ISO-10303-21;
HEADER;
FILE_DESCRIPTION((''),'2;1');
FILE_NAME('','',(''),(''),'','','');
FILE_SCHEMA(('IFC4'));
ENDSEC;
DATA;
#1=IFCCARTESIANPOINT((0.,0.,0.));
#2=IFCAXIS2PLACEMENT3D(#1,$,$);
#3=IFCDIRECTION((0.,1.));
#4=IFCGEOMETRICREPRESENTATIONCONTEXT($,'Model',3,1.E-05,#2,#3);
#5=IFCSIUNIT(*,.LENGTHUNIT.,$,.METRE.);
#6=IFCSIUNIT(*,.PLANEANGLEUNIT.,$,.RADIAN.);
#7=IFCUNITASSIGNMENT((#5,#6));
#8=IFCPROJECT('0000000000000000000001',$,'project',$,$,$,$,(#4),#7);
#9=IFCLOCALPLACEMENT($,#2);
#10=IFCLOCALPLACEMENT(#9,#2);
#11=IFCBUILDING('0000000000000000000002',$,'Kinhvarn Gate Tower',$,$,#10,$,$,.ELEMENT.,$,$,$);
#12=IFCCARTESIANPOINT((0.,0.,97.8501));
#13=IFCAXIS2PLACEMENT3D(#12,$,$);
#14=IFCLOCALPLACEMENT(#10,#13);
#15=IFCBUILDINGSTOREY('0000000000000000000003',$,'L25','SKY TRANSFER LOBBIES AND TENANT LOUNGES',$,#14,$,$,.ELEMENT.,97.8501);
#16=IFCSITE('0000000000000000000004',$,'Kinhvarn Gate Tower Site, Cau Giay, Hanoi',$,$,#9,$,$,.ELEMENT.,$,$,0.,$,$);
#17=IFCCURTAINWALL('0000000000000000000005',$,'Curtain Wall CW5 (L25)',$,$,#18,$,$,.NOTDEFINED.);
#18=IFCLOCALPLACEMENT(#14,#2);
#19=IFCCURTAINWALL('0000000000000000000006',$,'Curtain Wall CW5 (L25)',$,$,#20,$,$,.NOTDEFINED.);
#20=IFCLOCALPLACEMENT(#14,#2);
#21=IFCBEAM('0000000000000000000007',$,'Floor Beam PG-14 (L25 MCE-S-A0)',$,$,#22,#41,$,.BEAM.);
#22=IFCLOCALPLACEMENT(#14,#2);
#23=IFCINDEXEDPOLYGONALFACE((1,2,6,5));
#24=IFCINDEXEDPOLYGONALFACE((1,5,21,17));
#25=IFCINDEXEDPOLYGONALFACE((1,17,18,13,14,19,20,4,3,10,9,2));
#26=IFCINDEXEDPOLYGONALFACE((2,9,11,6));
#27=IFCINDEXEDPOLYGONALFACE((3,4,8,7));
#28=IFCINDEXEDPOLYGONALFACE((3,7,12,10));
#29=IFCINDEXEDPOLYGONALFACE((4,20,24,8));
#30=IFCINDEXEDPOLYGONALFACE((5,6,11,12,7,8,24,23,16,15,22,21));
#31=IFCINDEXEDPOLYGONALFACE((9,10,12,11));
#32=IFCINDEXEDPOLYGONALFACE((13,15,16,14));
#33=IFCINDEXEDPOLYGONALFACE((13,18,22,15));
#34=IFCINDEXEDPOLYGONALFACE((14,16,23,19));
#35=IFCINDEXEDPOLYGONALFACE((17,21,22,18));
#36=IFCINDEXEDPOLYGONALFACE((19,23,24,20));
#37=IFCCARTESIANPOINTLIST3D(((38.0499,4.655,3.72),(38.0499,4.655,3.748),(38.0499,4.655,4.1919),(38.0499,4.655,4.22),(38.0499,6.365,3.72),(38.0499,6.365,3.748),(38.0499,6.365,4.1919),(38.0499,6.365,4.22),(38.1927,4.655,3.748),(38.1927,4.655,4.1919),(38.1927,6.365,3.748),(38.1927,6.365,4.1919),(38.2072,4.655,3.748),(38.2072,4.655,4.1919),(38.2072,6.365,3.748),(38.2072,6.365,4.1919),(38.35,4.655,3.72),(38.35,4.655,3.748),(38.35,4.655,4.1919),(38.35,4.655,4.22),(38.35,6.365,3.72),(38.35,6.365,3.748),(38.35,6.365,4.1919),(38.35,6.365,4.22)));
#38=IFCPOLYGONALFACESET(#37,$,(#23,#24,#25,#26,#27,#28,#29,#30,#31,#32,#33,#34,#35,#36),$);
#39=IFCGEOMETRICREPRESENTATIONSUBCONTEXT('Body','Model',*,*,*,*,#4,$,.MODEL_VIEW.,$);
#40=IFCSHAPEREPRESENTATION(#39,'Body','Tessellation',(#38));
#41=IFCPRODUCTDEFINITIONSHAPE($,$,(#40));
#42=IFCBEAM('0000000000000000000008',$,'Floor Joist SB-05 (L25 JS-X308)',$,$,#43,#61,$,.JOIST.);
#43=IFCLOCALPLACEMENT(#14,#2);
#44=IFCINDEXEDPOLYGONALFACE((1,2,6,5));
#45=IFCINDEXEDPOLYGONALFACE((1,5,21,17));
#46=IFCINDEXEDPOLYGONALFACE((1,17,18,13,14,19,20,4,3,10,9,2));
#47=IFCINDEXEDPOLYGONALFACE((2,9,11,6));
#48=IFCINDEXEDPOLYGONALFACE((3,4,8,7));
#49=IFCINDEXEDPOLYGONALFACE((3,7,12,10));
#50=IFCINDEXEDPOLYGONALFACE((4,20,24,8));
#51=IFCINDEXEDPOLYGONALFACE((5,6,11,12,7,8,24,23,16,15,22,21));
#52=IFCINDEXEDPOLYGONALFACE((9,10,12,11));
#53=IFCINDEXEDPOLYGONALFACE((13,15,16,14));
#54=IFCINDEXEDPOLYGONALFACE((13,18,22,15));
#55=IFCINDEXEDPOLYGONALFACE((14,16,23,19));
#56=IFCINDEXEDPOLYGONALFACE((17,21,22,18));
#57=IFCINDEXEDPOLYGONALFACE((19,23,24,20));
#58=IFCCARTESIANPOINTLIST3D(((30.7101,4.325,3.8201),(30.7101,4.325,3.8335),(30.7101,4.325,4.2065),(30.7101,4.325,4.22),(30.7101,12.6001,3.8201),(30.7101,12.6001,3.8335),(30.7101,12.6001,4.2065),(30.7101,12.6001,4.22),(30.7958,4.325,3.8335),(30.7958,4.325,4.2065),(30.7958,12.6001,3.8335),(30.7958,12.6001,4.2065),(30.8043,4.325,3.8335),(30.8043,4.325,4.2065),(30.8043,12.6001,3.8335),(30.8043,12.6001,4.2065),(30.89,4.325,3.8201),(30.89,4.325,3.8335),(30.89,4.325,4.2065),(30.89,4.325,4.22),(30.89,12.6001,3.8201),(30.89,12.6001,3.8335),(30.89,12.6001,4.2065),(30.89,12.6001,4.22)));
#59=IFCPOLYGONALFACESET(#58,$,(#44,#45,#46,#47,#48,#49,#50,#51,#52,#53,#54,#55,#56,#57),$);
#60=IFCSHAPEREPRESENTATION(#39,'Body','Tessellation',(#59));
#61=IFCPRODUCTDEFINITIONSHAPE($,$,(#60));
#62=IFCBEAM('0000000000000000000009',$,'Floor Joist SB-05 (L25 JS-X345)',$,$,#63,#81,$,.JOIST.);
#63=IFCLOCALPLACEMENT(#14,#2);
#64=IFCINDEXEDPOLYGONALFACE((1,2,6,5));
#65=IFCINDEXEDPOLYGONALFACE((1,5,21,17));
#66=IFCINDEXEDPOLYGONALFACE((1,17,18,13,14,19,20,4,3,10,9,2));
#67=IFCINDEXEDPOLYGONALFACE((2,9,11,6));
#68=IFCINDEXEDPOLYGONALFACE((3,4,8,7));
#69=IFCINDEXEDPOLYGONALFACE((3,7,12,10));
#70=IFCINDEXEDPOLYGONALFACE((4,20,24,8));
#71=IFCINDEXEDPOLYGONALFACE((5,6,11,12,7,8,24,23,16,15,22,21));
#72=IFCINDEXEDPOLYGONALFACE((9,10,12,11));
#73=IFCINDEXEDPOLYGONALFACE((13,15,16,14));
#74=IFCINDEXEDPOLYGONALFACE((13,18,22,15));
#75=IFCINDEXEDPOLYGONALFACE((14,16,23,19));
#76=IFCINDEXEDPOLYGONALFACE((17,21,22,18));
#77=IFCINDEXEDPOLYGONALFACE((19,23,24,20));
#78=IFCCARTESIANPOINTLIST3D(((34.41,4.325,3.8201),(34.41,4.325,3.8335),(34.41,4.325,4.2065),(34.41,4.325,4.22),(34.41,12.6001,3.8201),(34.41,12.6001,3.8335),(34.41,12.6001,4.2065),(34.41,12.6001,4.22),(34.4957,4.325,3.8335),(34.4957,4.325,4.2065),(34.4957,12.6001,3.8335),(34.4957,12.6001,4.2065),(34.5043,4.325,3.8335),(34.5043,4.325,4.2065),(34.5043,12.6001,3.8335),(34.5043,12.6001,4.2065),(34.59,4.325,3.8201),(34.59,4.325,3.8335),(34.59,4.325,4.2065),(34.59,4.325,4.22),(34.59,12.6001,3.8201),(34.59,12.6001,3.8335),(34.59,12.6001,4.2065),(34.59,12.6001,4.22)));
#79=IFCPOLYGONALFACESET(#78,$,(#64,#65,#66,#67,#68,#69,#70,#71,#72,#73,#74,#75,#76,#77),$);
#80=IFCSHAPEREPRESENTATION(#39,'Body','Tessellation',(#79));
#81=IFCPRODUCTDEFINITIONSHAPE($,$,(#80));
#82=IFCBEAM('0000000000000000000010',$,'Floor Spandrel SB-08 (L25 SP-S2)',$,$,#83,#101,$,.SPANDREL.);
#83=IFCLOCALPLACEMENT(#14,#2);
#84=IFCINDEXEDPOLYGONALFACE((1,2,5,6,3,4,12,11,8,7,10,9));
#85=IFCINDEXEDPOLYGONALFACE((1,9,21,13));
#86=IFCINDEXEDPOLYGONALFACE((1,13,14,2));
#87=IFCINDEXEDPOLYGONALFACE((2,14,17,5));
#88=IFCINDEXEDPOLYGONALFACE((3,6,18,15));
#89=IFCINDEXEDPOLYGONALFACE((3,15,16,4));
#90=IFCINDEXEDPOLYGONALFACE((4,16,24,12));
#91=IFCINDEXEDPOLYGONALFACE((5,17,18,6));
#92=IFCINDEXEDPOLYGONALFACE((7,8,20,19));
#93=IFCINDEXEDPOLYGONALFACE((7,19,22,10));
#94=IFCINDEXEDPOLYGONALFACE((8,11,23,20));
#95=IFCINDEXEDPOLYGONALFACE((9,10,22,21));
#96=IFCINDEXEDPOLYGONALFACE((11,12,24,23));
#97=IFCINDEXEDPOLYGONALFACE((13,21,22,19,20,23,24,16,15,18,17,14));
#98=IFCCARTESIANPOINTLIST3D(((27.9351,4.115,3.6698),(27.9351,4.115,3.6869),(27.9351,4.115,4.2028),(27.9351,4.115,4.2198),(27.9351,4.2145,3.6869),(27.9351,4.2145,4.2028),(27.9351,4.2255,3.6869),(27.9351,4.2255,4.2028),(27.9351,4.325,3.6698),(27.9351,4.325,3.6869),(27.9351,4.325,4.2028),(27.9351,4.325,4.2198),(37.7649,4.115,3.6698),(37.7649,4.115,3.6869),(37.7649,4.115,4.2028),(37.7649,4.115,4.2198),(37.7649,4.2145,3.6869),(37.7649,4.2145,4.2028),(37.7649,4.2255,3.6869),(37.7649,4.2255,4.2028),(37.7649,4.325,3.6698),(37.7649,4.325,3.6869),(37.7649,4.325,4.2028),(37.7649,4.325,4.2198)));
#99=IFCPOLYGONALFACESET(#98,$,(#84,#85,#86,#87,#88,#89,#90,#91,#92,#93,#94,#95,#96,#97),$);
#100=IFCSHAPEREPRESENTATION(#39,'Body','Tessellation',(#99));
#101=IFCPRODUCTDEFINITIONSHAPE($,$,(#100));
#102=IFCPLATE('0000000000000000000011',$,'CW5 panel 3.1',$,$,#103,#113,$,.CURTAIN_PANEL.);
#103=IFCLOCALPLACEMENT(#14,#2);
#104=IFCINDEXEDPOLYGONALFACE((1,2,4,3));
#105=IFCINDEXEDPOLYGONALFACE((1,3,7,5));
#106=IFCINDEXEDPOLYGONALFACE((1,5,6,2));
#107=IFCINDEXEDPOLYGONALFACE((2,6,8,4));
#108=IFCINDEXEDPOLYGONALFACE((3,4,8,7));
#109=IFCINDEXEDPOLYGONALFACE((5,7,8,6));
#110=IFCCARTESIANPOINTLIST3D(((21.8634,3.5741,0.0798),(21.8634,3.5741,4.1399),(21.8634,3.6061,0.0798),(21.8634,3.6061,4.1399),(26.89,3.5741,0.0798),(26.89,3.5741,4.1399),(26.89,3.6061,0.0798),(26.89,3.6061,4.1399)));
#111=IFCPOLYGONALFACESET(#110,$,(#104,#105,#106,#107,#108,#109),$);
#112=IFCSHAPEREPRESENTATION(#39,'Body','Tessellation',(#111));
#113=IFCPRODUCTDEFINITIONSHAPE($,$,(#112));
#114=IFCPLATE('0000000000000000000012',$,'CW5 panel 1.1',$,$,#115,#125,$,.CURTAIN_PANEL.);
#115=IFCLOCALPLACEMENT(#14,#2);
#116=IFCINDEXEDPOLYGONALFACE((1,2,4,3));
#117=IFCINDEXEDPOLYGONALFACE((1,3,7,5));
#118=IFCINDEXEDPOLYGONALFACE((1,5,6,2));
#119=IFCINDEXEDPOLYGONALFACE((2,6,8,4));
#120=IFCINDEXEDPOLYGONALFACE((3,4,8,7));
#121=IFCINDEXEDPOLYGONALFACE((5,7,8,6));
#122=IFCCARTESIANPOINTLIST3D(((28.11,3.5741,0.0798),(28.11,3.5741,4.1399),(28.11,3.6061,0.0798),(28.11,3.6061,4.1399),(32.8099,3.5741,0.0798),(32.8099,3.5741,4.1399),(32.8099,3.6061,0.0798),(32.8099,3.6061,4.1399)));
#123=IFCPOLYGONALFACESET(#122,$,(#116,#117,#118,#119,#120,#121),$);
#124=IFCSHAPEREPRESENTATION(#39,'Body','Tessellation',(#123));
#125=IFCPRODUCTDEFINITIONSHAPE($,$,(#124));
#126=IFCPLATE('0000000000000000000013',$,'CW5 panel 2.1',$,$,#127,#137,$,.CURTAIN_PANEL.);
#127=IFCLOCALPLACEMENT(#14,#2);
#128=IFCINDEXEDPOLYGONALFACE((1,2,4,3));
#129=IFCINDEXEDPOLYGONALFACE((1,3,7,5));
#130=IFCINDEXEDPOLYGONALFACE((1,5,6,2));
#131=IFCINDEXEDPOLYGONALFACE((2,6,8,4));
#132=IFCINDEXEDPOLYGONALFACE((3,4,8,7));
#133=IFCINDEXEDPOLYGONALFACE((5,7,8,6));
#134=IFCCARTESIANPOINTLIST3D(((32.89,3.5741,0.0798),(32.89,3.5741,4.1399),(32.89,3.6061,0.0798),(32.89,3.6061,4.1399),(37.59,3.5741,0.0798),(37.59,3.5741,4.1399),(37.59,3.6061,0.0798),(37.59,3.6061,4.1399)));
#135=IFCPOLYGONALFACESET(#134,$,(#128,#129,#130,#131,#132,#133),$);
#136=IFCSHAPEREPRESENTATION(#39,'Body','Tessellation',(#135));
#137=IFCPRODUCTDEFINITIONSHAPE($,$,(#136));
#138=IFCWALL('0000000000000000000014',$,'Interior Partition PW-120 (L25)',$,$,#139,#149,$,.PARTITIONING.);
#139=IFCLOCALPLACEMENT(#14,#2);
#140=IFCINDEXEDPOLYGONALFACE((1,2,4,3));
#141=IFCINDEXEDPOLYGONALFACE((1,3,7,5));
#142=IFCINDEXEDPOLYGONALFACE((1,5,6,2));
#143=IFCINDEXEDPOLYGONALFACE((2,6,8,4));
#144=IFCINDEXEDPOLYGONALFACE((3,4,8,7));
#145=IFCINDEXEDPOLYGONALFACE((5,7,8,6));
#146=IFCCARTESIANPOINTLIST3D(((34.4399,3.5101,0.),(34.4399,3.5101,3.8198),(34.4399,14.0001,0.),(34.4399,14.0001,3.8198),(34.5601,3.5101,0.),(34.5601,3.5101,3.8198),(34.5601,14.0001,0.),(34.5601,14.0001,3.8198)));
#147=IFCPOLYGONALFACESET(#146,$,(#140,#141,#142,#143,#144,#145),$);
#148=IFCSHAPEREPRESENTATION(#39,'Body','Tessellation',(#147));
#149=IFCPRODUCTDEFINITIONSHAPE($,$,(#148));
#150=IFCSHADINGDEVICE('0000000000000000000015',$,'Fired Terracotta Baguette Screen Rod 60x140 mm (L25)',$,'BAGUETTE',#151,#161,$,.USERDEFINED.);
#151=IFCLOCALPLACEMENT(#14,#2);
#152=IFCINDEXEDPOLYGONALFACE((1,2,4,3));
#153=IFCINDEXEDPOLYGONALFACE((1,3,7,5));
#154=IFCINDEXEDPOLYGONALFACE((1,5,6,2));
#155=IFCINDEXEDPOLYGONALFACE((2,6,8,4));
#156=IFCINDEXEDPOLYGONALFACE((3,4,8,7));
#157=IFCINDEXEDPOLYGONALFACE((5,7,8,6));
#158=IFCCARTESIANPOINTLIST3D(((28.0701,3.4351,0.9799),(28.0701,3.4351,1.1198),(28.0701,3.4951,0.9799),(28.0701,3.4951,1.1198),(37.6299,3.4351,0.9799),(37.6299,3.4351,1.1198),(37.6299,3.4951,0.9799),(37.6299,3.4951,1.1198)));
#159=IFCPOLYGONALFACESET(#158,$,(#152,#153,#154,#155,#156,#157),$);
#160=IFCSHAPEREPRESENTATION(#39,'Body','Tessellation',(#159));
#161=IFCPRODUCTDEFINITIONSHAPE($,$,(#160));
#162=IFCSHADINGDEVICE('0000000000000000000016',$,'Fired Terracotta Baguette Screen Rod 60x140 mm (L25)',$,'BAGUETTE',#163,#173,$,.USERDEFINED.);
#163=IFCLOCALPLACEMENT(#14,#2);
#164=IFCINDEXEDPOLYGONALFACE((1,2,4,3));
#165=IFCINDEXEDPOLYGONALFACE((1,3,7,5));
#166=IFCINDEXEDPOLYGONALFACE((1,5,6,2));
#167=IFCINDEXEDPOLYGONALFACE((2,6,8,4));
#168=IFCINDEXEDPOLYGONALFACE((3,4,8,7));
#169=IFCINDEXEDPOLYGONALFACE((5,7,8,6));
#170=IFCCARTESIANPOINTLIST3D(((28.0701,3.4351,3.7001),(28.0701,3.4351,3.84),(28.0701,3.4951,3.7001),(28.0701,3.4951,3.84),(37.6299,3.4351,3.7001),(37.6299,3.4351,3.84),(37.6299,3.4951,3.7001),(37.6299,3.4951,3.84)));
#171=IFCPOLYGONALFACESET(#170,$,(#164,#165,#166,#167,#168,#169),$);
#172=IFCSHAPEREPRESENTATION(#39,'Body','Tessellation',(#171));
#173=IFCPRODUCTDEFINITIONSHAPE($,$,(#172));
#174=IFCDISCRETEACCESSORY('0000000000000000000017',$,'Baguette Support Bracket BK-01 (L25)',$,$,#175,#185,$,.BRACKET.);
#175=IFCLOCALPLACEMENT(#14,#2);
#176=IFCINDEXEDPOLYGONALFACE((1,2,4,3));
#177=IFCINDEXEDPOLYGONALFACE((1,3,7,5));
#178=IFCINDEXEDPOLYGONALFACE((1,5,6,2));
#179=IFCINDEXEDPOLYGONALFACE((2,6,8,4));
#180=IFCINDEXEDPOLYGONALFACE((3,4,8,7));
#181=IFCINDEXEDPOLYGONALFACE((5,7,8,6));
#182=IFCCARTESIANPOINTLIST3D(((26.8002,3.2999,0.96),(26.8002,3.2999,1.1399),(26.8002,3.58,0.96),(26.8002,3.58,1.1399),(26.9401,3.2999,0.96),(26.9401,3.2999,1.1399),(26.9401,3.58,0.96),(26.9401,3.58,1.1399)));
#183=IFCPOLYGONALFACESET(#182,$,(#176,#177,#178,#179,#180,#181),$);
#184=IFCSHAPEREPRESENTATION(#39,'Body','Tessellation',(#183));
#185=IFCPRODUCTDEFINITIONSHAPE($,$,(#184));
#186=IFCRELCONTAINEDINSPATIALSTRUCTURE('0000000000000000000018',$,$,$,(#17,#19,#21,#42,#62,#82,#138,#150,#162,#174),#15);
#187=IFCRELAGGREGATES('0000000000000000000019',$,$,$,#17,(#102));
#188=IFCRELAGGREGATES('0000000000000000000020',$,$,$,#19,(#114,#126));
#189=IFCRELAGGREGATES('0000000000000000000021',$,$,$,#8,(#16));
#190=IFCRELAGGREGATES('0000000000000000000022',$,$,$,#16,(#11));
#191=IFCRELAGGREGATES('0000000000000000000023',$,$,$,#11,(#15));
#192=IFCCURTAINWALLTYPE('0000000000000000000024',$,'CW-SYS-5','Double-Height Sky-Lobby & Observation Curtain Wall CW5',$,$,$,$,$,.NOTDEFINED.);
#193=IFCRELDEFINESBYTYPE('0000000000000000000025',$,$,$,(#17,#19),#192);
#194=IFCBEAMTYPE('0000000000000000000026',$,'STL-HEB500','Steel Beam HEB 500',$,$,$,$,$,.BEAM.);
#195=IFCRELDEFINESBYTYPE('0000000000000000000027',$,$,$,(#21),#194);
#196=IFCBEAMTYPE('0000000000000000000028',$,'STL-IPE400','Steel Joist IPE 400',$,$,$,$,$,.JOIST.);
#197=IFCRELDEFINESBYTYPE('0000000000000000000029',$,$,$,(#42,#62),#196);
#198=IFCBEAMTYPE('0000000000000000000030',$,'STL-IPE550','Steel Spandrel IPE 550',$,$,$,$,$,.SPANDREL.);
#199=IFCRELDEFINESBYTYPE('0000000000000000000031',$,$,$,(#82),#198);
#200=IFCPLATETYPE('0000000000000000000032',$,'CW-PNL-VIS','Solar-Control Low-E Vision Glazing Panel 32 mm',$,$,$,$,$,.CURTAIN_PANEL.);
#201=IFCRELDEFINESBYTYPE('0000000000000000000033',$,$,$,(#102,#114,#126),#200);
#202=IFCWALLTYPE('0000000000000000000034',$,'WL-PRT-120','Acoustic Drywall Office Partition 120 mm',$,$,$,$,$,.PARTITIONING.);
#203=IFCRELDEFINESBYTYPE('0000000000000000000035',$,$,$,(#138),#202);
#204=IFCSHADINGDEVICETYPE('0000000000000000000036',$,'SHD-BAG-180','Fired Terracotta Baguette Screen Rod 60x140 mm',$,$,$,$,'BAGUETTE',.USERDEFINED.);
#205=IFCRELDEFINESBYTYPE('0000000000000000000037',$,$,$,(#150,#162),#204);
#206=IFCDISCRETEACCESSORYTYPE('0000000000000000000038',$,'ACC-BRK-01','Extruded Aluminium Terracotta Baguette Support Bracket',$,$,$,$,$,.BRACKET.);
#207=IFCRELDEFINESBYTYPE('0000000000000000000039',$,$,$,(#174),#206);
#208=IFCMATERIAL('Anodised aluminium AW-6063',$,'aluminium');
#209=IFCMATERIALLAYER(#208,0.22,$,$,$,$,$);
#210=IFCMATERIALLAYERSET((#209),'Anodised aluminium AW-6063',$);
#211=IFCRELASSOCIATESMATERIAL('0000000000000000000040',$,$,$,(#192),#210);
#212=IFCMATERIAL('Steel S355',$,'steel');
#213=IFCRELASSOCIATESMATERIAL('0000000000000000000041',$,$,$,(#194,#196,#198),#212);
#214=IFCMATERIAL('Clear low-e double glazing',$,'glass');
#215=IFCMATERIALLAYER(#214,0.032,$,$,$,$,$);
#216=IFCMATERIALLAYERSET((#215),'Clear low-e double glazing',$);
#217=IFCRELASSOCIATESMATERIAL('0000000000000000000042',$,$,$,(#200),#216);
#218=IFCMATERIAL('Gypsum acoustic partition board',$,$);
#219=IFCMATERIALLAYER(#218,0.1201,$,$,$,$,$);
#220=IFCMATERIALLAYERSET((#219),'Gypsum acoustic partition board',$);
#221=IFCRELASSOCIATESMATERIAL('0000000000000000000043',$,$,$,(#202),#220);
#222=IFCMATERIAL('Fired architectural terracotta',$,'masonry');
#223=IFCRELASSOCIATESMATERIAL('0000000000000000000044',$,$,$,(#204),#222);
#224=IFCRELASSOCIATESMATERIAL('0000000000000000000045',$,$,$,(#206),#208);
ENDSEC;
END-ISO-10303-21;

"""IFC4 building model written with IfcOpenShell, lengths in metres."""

from ifc_helpers import new_model, si_unit, direction, frame, frame_2d, origin, origin_2d, place, context, subcontext, project, spatial, rectangle, i_section, extrude, material, layer, layer_set, material_profile, profile_set, type_object, element, aggregate, save


model = new_model("IFC4")

# Units and contexts
model_context = context("Model", 3, precision=1e-05, world=origin(), true_north=direction((0.0, 1.0)))
body_context = subcontext(model_context, "Body", "Model", "MODEL_VIEW")
ifc_project = project(units=[si_unit("LENGTHUNIT", "METRE"), si_unit("PLANEANGLEUNIT", "RADIAN")], contexts=[model_context])

# Site, building, storey
site_placement = place(None, origin())
site = spatial("IfcSite", under=ifc_project, at=site_placement, Name="Kinhvarn Gate Tower Site, Cau Giay, Hanoi", CompositionType="ELEMENT", RefElevation=0.0)
building_placement = place(site_placement, origin())
building = spatial("IfcBuilding", under=site, at=building_placement, Name="Kinhvarn Gate Tower", CompositionType="ELEMENT")
storey_placement = place(building_placement, frame((0.0, 0.0, 97.8501)))
storey = spatial("IfcBuildingStorey", under=building, at=storey_placement, Name="L25", Description="SKY TRANSFER LOBBIES AND TENANT LOUNGES", CompositionType="ELEMENT", Elevation=97.8501)

# Curtain wall
ifc_material_1 = material(Name="Anodised aluminium AW-6063", Category="aluminium")
ifc_layer_1 = layer(ifc_material_1, 0.22)
ifc_layer_set_1 = layer_set([ifc_layer_1], Name="Anodised aluminium AW-6063")
curtain_wall_type = type_object("IfcCurtainWallType", Name="CW-SYS-5", Description="Double-Height Sky-Lobby & Observation Curtain Wall CW5", PredefinedType="NOTDEFINED", material=ifc_layer_set_1)
curtain_wall_1_placement = place(storey_placement, origin())
curtain_wall_1 = element("IfcCurtainWall", 1, at=curtain_wall_1_placement, inside=storey, type_object=curtain_wall_type, Name="Curtain Wall CW5 (L25)", PredefinedType="NOTDEFINED")

# Curtain wall
curtain_wall_2_placement = place(storey_placement, origin())
curtain_wall_2 = element("IfcCurtainWall", 2, at=curtain_wall_2_placement, inside=storey, type_object=curtain_wall_type, Name="Curtain Wall CW5 (L25)", PredefinedType="NOTDEFINED")

# Beams
ifc_material_2 = material(Name="Steel S355", Category="steel")
ifc_material_profile_1 = material_profile(ifc_material_2, i_section(OverallWidth=0.3, OverallDepth=0.5, WebThickness=0.0144, FlangeThickness=0.0281, at=origin_2d()), Name="HEB 500")
ifc_profile_set_1 = profile_set([ifc_material_profile_1], Name="Steel S355")
beam_type_1 = type_object("IfcBeamType", Name="STL-HEB500", Description="Steel Beam HEB 500", PredefinedType="BEAM", material=ifc_profile_set_1)
beam_1_placement = place(storey_placement, frame((38.2, 4.655, 3.97), z_axis=(0.0, 1.0, 0.0), x_axis=(-1.0, 0.0, 0.0)))
element("IfcBeam", 3, at=beam_1_placement, inside=storey, type_object=beam_type_1, Name="Floor Beam PG-14 (L25 MCE-S-A0)", PredefinedType="BEAM", context=body_context, shape_type="SweptSolid", body=[
    extrude(i_section(OverallWidth=0.3, OverallDepth=0.5, WebThickness=0.0144, FlangeThickness=0.0281, at=origin_2d()), origin(), (0.0, 0.0, 1.0), 1.71),
])
ifc_material_profile_2 = material_profile(ifc_material_2, i_section(OverallWidth=0.1799, OverallDepth=0.3999, WebThickness=0.0085, FlangeThickness=0.0134, at=origin_2d()), Name="IPE 400")
ifc_profile_set_2 = profile_set([ifc_material_profile_2], Name="Steel S355")
beam_type_2 = type_object("IfcBeamType", Name="STL-IPE400", Description="Steel Joist IPE 400", PredefinedType="JOIST", material=ifc_profile_set_2)
for number, where, z_axis, x_axis, name in (
    (4, (30.8, 4.325, 4.02), (0.0, 1.0, 0.0), (-1.0, 0.0, 0.0), "Floor Joist SB-05 (L25 JS-X308)"),
    (5, (34.5, 4.325, 4.02), (0.0, 1.0, 0.0), (-1.0, 0.0, 0.0), "Floor Joist SB-05 (L25 JS-X345)"),
):
    element("IfcBeam", number, at=place(storey_placement, frame(where, z_axis=z_axis, x_axis=x_axis)), inside=storey, type_object=beam_type_2, Name=name, PredefinedType="JOIST", context=body_context, shape_type="SweptSolid", body=[
        extrude(i_section(OverallWidth=0.1799, OverallDepth=0.3999, WebThickness=0.0085, FlangeThickness=0.0134, at=origin_2d()), origin(), (0.0, 0.0, 1.0), 8.2751),
    ])
ifc_material_profile_3 = material_profile(ifc_material_2, i_section(OverallWidth=0.21, OverallDepth=0.55, WebThickness=0.011, FlangeThickness=0.0171, at=origin_2d()), Name="IPE 550")
ifc_profile_set_3 = profile_set([ifc_material_profile_3], Name="Steel S355")
beam_type_3 = type_object("IfcBeamType", Name="STL-IPE550", Description="Steel Spandrel IPE 550", PredefinedType="SPANDREL", material=ifc_profile_set_3)
beam_2_placement = place(storey_placement, frame((27.9351, 4.22, 3.9448), z_axis=(1.0, 0.0, 0.0), x_axis=(0.0, 1.0, 0.0)))
element("IfcBeam", 6, at=beam_2_placement, inside=storey, type_object=beam_type_3, Name="Floor Spandrel SB-08 (L25 SP-S2)", PredefinedType="SPANDREL", context=body_context, shape_type="SweptSolid", body=[
    extrude(i_section(OverallWidth=0.21, OverallDepth=0.55, WebThickness=0.011, FlangeThickness=0.0171, at=origin_2d()), origin(), (0.0, 0.0, 1.0), 9.8298),
])

# Plates
ifc_material_3 = material(Name="Clear low-e double glazing", Category="glass")
ifc_layer_2 = layer(ifc_material_3, 0.032)
ifc_layer_set_2 = layer_set([ifc_layer_2], Name="Clear low-e double glazing")
plate_type = type_object("IfcPlateType", Name="CW-PNL-VIS", Description="Solar-Control Low-E Vision Glazing Panel 32 mm", PredefinedType="CURTAIN_PANEL", material=ifc_layer_set_2)
plate_1_placement = place(storey_placement, frame((24.3767, 3.5901, 0.0798), z_axis=(0.0, 0.0, 1.0), x_axis=(1.0, 0.0, 0.0)))
plate_1 = element("IfcPlate", 7, at=plate_1_placement, type_object=plate_type, Name="CW5 panel 3.1", PredefinedType="CURTAIN_PANEL", context=body_context, shape_type="SweptSolid", body=[
    extrude(rectangle(XDim=5.0266, YDim=0.032, at=origin_2d()), origin(), (0.0, 0.0, 1.0), 4.0601),
])
aggregate(curtain_wall_1, [plate_1])
plate_2_placement = place(storey_placement, frame((30.46, 3.5901, 0.0798), z_axis=(0.0, 0.0, 1.0), x_axis=(1.0, 0.0, 0.0)))
plate_2 = element("IfcPlate", 8, at=plate_2_placement, type_object=plate_type, Name="CW5 panel 1.1", PredefinedType="CURTAIN_PANEL", context=body_context, shape_type="SweptSolid", body=[
    extrude(rectangle(XDim=4.7, YDim=0.032, at=origin_2d()), origin(), (0.0, 0.0, 1.0), 4.0601),
])
plate_3_placement = place(storey_placement, frame((35.24, 3.5901, 0.0798), z_axis=(0.0, 0.0, 1.0), x_axis=(1.0, 0.0, 0.0)))
plate_3 = element("IfcPlate", 9, at=plate_3_placement, type_object=plate_type, Name="CW5 panel 2.1", PredefinedType="CURTAIN_PANEL", context=body_context, shape_type="SweptSolid", body=[
    extrude(rectangle(XDim=4.7, YDim=0.032, at=origin_2d()), origin(), (0.0, 0.0, 1.0), 4.0601),
])
aggregate(curtain_wall_2, [plate_2, plate_3])

# Wall
ifc_material_4 = material(Name="Gypsum acoustic partition board")
ifc_layer_3 = layer(ifc_material_4, 0.1201)
ifc_layer_set_3 = layer_set([ifc_layer_3], Name="Gypsum acoustic partition board")
wall_type = type_object("IfcWallType", Name="WL-PRT-120", Description="Acoustic Drywall Office Partition 120 mm", PredefinedType="PARTITIONING", material=ifc_layer_set_3)
wall_placement = place(storey_placement, frame((34.5, 3.51, 0.0), z_axis=(0.0, 0.0, 1.0), x_axis=(0.0, 1.0, 0.0)))
element("IfcWall", 10, at=wall_placement, inside=storey, type_object=wall_type, Name="Interior Partition PW-120 (L25)", PredefinedType="PARTITIONING", context=body_context, shape_type="SweptSolid", body=[
    extrude(rectangle(XDim=10.49, YDim=0.1201, at=frame_2d((5.2451, 0.0))), origin(), (0.0, 0.0, 1.0), 3.8198),
])

# Shading devices
ifc_material_5 = material(Name="Fired architectural terracotta", Category="masonry")
ifc_material_profile_4 = material_profile(ifc_material_5, rectangle(XDim=0.0601, YDim=0.1399, at=origin_2d()), Name="TC 60x140")
ifc_profile_set_4 = profile_set([ifc_material_profile_4], Name="Fired architectural terracotta")
shading_device_type = type_object("IfcShadingDeviceType", Name="SHD-BAG-180", Description="Fired Terracotta Baguette Screen Rod 60x140 mm", ElementType="BAGUETTE", PredefinedType="USERDEFINED", material=ifc_profile_set_4)
for number, where, z_axis, x_axis, name in (
    (11, (28.0701, 3.4651, 1.0498), (1.0, 0.0, 0.0), (0.0, 1.0, 0.0), "Fired Terracotta Baguette Screen Rod 60x140 mm (L25)"),
    (12, (28.0701, 3.4651, 3.77), (1.0, 0.0, 0.0), (0.0, 1.0, 0.0), "Fired Terracotta Baguette Screen Rod 60x140 mm (L25)"),
):
    element("IfcShadingDevice", number, at=place(storey_placement, frame(where, z_axis=z_axis, x_axis=x_axis)), inside=storey, type_object=shading_device_type, Name=name, ObjectType="BAGUETTE", PredefinedType="USERDEFINED", context=body_context, shape_type="SweptSolid", body=[
        extrude(rectangle(XDim=0.0601, YDim=0.1399, at=origin_2d()), origin(), (0.0, 0.0, 1.0), 9.5598),
    ])

# Discrete accessory
discrete_accessory_type = type_object("IfcDiscreteAccessoryType", Name="ACC-BRK-01", Description="Extruded Aluminium Terracotta Baguette Support Bracket", PredefinedType="BRACKET", material=ifc_material_1)
for number, where, z_axis, x_axis, name in (
    (13, (26.8701, 3.4399, 0.96), (0.0, 0.0, 1.0), (1.0, 0.0, 0.0), "Baguette Support Bracket BK-01 (L25)"),
):
    element("IfcDiscreteAccessory", number, at=place(storey_placement, frame(where, z_axis=z_axis, x_axis=x_axis)), inside=storey, type_object=discrete_accessory_type, Name=name, PredefinedType="BRACKET", context=body_context, shape_type="SweptSolid", body=[
        extrude(rectangle(XDim=0.1399, YDim=0.28, at=origin_2d()), origin(), (0.0, 0.0, 1.0), 0.1799),
    ])

save(model, "model.ifc")
